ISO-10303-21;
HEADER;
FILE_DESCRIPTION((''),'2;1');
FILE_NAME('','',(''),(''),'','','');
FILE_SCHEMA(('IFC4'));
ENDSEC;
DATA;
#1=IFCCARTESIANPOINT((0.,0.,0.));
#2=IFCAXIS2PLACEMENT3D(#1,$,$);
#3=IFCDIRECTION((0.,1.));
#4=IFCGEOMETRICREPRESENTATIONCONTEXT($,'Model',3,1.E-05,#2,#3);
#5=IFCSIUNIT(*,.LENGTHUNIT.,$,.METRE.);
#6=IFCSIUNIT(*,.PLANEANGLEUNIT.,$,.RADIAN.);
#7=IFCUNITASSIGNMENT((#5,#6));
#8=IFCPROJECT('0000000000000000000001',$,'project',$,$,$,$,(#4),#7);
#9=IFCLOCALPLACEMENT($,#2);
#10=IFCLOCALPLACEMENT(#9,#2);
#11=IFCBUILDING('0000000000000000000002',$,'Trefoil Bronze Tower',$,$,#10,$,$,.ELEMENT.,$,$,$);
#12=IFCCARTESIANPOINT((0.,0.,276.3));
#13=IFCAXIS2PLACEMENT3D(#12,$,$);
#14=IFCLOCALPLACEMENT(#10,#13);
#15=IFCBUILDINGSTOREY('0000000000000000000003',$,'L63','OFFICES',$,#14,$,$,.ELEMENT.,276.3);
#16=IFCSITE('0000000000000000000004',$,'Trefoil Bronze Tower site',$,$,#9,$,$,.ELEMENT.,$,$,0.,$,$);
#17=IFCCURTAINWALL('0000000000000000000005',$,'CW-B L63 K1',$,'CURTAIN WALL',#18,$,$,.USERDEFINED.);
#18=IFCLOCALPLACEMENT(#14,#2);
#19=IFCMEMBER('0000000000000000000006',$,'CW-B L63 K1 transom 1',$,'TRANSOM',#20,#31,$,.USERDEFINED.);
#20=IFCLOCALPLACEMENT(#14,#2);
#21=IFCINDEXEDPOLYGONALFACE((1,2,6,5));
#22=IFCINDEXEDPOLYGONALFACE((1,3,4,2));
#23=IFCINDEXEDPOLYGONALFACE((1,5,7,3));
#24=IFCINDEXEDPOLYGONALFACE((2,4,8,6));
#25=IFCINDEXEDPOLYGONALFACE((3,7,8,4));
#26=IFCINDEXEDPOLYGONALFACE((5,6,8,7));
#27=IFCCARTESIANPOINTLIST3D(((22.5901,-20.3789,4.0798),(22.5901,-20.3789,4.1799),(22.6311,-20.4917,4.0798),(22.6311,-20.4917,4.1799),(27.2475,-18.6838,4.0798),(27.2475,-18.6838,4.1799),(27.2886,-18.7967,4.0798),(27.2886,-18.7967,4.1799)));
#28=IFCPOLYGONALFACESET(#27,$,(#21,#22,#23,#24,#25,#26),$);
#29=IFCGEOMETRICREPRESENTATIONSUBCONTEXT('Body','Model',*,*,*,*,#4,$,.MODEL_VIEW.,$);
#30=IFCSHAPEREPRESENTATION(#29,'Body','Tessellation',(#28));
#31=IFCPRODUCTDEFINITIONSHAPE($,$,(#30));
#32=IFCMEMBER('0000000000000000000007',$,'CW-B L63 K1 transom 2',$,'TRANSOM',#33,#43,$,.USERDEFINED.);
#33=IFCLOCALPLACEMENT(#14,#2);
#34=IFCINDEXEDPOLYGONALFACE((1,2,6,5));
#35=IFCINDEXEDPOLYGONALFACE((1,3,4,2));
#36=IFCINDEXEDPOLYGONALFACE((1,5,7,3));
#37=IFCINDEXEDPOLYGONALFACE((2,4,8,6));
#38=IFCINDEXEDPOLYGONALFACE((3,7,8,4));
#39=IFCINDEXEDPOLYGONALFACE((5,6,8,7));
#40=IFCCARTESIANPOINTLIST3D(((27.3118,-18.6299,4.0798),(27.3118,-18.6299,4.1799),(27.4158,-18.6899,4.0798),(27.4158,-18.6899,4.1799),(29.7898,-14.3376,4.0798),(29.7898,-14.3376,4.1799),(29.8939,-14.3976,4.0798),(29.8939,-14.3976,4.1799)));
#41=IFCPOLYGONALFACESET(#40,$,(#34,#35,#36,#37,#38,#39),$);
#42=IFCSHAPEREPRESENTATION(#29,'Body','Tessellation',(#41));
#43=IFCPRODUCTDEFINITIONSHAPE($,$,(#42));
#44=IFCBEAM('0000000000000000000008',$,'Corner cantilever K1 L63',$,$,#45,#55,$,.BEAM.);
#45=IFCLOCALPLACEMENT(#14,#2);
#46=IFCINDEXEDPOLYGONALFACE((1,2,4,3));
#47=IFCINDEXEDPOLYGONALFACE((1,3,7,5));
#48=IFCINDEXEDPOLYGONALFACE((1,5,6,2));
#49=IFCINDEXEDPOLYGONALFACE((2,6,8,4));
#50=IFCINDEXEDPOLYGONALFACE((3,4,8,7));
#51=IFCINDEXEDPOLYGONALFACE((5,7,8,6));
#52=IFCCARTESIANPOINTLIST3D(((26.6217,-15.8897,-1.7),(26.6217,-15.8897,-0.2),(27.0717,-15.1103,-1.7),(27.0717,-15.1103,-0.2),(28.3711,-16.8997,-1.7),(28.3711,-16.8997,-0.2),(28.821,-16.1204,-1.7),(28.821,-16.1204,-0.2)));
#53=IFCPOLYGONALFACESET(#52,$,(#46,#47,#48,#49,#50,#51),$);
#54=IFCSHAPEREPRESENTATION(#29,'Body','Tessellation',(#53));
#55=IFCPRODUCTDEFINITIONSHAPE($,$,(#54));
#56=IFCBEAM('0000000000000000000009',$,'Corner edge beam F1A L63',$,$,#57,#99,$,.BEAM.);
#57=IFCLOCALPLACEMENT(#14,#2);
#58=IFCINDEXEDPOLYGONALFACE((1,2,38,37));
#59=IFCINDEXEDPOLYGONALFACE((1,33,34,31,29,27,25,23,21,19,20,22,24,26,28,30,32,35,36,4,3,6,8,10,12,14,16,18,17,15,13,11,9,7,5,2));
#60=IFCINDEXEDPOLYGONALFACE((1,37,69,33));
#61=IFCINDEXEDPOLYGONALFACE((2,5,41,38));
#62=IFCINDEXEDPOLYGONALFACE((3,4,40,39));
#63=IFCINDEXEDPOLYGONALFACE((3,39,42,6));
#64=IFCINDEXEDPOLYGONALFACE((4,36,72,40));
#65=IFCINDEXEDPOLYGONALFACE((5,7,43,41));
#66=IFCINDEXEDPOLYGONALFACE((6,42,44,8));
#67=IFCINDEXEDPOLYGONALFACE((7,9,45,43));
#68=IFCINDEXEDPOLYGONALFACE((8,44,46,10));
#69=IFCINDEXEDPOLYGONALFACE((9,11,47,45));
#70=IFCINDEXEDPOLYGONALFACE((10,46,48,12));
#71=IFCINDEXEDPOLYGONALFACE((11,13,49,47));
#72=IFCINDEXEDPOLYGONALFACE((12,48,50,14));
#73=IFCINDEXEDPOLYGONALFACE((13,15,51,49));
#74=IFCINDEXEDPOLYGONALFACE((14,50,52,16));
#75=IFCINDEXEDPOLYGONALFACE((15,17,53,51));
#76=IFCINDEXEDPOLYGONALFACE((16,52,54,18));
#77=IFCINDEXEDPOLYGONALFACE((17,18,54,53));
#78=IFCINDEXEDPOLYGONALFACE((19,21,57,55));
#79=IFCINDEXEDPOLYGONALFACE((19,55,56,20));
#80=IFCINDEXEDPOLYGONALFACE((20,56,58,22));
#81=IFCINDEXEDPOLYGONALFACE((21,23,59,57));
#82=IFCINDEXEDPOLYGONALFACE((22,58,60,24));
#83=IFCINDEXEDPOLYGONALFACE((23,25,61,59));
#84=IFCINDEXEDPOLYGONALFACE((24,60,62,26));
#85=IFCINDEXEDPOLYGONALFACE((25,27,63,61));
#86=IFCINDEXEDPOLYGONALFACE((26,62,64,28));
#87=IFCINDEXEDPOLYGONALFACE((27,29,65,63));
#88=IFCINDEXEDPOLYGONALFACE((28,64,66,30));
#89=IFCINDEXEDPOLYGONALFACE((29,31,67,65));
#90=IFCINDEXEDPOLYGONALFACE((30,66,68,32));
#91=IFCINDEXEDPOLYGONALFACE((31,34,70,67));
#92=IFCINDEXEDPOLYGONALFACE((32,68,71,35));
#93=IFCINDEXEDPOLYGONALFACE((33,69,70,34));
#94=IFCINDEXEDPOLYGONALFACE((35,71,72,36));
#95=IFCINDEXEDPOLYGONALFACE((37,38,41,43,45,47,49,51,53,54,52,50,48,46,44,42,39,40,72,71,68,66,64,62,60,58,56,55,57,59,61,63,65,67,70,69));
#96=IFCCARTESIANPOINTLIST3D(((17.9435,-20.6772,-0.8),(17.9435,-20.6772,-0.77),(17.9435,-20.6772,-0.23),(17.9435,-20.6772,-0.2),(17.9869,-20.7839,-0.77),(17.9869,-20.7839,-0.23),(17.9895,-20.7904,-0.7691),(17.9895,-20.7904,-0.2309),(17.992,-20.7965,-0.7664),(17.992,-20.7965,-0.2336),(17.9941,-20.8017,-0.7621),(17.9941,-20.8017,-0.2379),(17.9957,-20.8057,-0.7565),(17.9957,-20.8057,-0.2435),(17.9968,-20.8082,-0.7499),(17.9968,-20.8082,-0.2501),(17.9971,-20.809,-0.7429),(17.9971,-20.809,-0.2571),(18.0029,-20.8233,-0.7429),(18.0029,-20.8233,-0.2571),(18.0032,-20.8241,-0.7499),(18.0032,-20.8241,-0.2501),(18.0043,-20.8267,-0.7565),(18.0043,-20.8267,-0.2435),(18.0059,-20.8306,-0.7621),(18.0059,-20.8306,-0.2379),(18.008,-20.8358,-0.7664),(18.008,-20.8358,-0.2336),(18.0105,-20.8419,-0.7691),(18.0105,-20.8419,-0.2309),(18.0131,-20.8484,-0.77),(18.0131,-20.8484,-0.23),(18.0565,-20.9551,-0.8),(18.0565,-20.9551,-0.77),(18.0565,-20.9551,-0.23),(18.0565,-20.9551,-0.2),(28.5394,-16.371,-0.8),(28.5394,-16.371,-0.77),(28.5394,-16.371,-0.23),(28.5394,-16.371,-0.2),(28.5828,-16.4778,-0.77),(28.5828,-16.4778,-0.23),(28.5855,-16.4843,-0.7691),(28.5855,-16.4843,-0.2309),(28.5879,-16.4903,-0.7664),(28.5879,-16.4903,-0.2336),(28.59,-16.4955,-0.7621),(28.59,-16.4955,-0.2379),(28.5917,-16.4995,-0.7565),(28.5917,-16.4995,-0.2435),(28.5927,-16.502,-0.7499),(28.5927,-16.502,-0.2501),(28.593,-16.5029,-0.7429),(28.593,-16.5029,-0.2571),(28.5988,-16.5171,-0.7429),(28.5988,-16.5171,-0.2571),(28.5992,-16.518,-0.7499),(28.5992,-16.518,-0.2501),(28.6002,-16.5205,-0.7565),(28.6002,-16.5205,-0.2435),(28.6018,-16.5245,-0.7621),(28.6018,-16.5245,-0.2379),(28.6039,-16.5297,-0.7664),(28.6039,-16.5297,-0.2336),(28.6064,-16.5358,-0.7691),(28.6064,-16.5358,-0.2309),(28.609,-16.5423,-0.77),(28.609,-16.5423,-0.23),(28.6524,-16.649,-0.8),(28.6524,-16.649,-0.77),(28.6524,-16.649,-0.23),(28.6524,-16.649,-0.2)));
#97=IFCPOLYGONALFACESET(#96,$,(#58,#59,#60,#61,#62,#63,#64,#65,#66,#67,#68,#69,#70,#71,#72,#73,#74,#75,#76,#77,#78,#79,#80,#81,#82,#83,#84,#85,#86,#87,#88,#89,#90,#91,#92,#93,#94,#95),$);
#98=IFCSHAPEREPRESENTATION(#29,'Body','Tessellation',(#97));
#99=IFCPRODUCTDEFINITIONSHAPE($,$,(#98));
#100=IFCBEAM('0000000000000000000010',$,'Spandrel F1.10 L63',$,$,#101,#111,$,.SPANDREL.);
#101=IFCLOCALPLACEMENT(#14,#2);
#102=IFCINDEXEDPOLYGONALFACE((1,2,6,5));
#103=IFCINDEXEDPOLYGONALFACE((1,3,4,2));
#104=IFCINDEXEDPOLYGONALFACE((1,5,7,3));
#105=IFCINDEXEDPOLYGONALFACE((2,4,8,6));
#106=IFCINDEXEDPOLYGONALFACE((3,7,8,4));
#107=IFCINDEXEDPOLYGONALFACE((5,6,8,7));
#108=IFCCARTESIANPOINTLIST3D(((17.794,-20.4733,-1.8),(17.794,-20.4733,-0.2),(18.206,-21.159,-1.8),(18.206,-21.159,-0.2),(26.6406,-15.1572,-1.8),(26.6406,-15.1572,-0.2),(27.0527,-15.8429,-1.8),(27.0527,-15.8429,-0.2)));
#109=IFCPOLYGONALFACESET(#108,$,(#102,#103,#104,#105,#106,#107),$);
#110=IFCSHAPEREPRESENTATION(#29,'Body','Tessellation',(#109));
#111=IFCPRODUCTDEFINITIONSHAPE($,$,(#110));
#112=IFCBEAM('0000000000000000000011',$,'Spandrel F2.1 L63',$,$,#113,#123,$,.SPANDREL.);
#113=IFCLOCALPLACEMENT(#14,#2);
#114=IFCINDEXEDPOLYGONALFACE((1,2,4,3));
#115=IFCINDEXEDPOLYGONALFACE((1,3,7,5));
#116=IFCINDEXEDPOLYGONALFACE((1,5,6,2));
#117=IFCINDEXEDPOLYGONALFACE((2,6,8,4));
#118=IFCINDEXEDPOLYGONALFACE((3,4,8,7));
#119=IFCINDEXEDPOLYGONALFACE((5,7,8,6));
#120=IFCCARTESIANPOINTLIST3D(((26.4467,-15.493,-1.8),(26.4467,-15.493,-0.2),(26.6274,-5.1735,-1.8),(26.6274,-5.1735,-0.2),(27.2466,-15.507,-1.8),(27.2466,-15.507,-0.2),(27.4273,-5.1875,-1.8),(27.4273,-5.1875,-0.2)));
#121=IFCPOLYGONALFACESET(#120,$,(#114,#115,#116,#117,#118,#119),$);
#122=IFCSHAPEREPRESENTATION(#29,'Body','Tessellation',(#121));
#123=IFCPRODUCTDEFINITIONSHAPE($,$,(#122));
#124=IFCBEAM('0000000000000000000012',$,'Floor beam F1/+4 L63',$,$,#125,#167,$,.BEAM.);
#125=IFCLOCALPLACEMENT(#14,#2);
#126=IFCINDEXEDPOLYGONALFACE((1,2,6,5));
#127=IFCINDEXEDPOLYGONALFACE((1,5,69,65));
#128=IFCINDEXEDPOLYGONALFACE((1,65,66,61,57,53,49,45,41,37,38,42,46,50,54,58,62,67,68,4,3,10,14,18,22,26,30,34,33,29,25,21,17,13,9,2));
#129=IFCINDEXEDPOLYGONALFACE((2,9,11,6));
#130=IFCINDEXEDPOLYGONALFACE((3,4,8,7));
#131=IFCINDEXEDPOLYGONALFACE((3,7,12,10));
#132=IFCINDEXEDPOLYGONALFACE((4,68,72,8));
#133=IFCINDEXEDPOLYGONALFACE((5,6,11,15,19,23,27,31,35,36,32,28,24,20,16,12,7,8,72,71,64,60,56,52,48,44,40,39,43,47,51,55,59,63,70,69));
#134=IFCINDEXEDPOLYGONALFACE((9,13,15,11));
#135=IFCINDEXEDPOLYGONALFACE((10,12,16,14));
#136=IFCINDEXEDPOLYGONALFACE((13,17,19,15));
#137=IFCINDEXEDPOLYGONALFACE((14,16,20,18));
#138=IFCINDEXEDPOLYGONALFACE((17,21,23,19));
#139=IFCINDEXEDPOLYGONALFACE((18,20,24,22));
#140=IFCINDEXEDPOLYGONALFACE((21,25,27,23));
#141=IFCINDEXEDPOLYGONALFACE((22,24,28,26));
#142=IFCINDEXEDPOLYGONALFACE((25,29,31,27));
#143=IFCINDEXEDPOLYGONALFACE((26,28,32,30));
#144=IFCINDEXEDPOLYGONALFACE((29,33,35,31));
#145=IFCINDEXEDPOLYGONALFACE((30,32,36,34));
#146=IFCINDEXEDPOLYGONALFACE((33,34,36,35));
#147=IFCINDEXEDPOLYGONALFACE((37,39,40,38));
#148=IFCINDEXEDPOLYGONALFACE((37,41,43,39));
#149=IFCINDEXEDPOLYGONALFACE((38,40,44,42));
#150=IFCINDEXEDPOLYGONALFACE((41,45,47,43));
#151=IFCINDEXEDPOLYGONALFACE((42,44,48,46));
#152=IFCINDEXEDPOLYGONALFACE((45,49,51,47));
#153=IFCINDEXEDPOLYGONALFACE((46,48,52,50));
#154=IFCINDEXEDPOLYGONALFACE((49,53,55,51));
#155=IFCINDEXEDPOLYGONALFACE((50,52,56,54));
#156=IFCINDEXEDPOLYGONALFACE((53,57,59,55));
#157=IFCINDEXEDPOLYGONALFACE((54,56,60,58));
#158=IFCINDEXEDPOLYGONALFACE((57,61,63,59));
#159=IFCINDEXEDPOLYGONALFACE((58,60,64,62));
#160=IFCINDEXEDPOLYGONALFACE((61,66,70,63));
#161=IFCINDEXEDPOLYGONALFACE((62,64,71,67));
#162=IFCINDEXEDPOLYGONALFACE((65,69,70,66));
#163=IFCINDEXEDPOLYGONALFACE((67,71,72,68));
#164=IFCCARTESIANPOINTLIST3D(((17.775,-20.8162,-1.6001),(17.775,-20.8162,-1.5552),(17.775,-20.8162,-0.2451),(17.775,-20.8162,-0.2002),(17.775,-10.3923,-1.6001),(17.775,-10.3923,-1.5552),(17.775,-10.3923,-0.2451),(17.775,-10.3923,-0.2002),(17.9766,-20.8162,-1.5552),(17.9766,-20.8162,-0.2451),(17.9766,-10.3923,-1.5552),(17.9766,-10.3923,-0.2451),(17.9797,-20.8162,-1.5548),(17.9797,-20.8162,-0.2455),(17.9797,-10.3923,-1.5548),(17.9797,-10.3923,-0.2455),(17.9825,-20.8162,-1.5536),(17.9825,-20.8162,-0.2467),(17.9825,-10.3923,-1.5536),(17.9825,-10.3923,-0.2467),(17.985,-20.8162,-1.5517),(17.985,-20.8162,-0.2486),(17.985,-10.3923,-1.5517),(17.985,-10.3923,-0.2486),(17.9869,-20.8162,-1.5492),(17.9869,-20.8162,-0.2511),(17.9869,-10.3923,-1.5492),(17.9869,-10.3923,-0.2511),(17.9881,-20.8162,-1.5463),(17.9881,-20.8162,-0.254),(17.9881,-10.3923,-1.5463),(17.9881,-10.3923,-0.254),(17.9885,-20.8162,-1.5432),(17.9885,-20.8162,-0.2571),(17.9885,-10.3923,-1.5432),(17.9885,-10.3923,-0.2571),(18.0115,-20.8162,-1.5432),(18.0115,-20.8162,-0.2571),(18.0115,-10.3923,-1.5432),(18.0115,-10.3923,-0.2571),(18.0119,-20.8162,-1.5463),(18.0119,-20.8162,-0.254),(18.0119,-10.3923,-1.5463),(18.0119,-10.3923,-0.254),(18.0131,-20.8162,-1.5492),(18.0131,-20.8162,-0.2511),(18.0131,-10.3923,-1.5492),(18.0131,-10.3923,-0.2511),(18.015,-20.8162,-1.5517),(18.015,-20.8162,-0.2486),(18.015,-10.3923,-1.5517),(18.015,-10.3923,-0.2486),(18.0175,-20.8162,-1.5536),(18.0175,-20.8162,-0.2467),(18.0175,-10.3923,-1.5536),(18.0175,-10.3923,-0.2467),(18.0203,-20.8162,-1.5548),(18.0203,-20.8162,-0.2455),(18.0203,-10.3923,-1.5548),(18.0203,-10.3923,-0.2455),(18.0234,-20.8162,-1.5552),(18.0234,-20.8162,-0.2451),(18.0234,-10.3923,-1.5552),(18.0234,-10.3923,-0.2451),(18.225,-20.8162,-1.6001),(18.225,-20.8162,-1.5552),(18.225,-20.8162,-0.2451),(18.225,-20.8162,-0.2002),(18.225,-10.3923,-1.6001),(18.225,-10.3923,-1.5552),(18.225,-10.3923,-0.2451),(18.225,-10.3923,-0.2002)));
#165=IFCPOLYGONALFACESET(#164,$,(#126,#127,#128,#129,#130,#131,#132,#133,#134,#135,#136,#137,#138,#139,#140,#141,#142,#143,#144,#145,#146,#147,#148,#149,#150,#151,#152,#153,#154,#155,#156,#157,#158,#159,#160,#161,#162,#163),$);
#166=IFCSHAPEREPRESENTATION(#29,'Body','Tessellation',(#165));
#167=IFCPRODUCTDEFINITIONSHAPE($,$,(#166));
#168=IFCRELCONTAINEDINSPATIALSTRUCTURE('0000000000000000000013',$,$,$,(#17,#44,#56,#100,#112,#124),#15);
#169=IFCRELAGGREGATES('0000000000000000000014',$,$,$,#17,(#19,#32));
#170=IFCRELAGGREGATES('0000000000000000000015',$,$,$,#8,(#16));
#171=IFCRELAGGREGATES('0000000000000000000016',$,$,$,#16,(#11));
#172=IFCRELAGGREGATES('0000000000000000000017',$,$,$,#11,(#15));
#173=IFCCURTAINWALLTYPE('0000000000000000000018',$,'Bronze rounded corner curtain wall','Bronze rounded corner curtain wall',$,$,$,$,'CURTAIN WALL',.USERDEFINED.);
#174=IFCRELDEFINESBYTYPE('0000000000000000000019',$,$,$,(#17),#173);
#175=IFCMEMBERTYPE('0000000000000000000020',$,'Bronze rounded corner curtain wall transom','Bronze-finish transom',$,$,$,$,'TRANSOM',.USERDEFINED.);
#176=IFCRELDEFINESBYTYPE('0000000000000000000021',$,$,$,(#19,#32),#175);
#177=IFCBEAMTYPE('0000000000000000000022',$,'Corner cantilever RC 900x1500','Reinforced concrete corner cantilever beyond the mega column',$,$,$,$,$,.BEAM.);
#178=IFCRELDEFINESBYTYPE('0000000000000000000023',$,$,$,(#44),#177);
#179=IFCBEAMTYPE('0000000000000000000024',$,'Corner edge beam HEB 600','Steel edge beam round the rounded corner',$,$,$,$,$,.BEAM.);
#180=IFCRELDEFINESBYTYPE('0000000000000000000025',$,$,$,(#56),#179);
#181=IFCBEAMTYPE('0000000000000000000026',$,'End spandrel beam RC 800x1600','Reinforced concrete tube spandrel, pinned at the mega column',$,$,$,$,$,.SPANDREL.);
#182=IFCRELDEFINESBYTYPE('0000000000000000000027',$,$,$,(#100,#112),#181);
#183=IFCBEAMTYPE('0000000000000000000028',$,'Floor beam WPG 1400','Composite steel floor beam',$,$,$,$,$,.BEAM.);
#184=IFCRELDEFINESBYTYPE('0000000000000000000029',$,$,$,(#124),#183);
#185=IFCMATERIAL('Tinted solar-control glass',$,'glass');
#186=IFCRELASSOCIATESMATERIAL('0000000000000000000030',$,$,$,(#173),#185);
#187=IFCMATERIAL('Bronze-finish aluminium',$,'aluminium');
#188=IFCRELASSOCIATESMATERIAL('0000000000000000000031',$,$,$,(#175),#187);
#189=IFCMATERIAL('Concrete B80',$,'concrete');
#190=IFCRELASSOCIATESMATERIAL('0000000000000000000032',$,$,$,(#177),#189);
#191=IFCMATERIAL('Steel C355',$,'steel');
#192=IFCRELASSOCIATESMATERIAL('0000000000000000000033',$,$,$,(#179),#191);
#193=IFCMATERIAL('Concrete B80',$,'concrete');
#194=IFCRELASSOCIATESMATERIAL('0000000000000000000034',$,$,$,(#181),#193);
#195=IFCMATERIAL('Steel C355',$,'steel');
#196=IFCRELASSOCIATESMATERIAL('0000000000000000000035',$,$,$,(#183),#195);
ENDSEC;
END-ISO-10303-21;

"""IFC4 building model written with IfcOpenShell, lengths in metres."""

from ifc_helpers import new_model, si_unit, direction, frame, origin, origin_2d, place, context, subcontext, project, spatial, rectangle, i_section, extrude, material, material_profile, profile_set, type_object, element, aggregate, save


model = new_model("IFC4")

# Units and contexts
model_context = context("Model", 3, precision=1e-05, world=origin(), true_north=direction((0.0, 1.0)))
body_context = subcontext(model_context, "Body", "Model", "MODEL_VIEW")
ifc_project = project(units=[si_unit("LENGTHUNIT", "METRE"), si_unit("PLANEANGLEUNIT", "RADIAN")], contexts=[model_context])

# Site, building, storey
site_placement = place(None, origin())
site = spatial("IfcSite", under=ifc_project, at=site_placement, Name="Trefoil Bronze Tower site", CompositionType="ELEMENT", RefElevation=0.0)
building_placement = place(site_placement, origin())
building = spatial("IfcBuilding", under=site, at=building_placement, Name="Trefoil Bronze Tower", CompositionType="ELEMENT")
storey_placement = place(building_placement, frame((0.0, 0.0, 276.3)))
storey = spatial("IfcBuildingStorey", under=building, at=storey_placement, Name="L63", Description="OFFICES", CompositionType="ELEMENT", Elevation=276.3)

# Curtain wall, members
ifc_material_1 = material(Name="Tinted solar-control glass", Category="glass")
curtain_wall_type_1 = type_object("IfcCurtainWallType", Name="Bronze rounded corner curtain wall", Description="Bronze rounded corner curtain wall", ElementType="CURTAIN WALL", PredefinedType="USERDEFINED", material=ifc_material_1)
curtain_wall_1_placement = place(storey_placement, origin())
curtain_wall_1 = element("IfcCurtainWall", 1, at=curtain_wall_1_placement, inside=storey, type_object=curtain_wall_type_1, Name="CW-B L63 K1", ObjectType="CURTAIN WALL", PredefinedType="USERDEFINED")
ifc_material_2 = material(Name="Bronze-finish aluminium", Category="aluminium")
ifc_material_profile_1 = material_profile(ifc_material_2, rectangle(XDim=0.1201, YDim=0.1001, at=origin_2d()), Name="CW-B transom")
ifc_profile_set_1 = profile_set([ifc_material_profile_1], Name="Bronze-finish aluminium")
member_type_1 = type_object("IfcMemberType", Name="Bronze rounded corner curtain wall transom", Description="Bronze-finish transom", ElementType="TRANSOM", PredefinedType="USERDEFINED", material=ifc_profile_set_1)
member_1_placement = place(storey_placement, frame((22.6106, -20.4353, 4.1299), z_axis=(0.9397, 0.342, 0.0), x_axis=(-0.342, 0.9397, 0.0)))
member_1 = element("IfcMember", 2, at=member_1_placement, type_object=member_type_1, Name="CW-B L63 K1 transom 1", ObjectType="TRANSOM", PredefinedType="USERDEFINED", context=body_context, shape_type="SweptSolid", body=[
    extrude(rectangle(XDim=0.1201, YDim=0.1001, at=origin_2d()), origin(), (0.0, 0.0, 1.0), 4.9563),
])
member_2_placement = place(storey_placement, frame((27.3638, -18.6599, 4.1299), z_axis=(0.499985, 0.866034, 0.0), x_axis=(-0.866034, 0.499985, 0.0)))
member_2 = element("IfcMember", 3, at=member_2_placement, type_object=member_type_1, Name="CW-B L63 K1 transom 2", ObjectType="TRANSOM", PredefinedType="USERDEFINED", context=body_context, shape_type="SweptSolid", body=[
    extrude(rectangle(XDim=0.1201, YDim=0.1001, at=origin_2d()), origin(), (0.0, 0.0, 1.0), 4.9563),
])

# Beams
ifc_material_3 = material(Name="Concrete B80", Category="concrete")
ifc_material_profile_2 = material_profile(ifc_material_3, rectangle(XDim=0.8999, YDim=1.5, at=origin_2d()), Name="RC 900x1500")
ifc_profile_set_2 = profile_set([ifc_material_profile_2], Name="Concrete B80")
beam_type_1 = type_object("IfcBeamType", Name="Corner cantilever RC 900x1500", Description="Reinforced concrete corner cantilever beyond the mega column", PredefinedType="BEAM", material=ifc_profile_set_2)
beam_1_placement = place(storey_placement, frame((26.8467, -15.5, -0.95), z_axis=(0.86601, -0.500026, 0.0), x_axis=(0.500026, 0.86601, 0.0)))
element("IfcBeam", 4, at=beam_1_placement, inside=storey, type_object=beam_type_1, Name="Corner cantilever K1 L63", PredefinedType="BEAM", context=body_context, shape_type="SweptSolid", body=[
    extrude(rectangle(XDim=0.8999, YDim=1.5, at=origin_2d()), origin(), (0.0, 0.0, 1.0), 2.02),
])
ifc_material_4 = material(Name="Steel C355", Category="steel")
ifc_material_profile_3 = material_profile(ifc_material_4, i_section(OverallWidth=0.3, OverallDepth=0.6001, WebThickness=0.0154, FlangeThickness=0.03, FilletRadius=0.0271, at=origin_2d()), Name="HEB 600")
ifc_profile_set_3 = profile_set([ifc_material_profile_3], Name="Steel C355")
beam_type_2 = type_object("IfcBeamType", Name="Corner edge beam HEB 600", Description="Steel edge beam round the rounded corner", PredefinedType="BEAM", material=ifc_profile_set_3)
beam_2_placement = place(storey_placement, frame((18.0, -20.8162, -0.5), z_axis=(0.926419, 0.376493, 0.0), x_axis=(-0.376493, 0.926419, 0.0)))
element("IfcBeam", 5, at=beam_2_placement, inside=storey, type_object=beam_type_2, Name="Corner edge beam F1A L63", PredefinedType="BEAM", context=body_context, shape_type="SweptSolid", body=[
    extrude(i_section(OverallWidth=0.3, OverallDepth=0.6001, WebThickness=0.0154, FlangeThickness=0.03, FilletRadius=0.0271, at=origin_2d()), origin(), (0.0, 0.0, 1.0), 11.4375),
])
ifc_material_5 = material(Name="Concrete B80", Category="concrete")
ifc_material_profile_4 = material_profile(ifc_material_5, rectangle(XDim=0.8, YDim=1.6001, at=origin_2d()), Name="RC 800x1600")
ifc_profile_set_4 = profile_set([ifc_material_profile_4], Name="Concrete B80")
beam_type_3 = type_object("IfcBeamType", Name="End spandrel beam RC 800x1600", Description="Reinforced concrete tube spandrel, pinned at the mega column", PredefinedType="SPANDREL", material=ifc_profile_set_4)
for number, where, z_axis, x_axis, name in (
    (6, (18.0, -20.8162, -1.0), (0.857144, 0.515077, 0.0), (-0.515077, 0.857144, 0.0), "Spandrel F1.10 L63"),
    (7, (26.8467, -15.5, -1.0), (0.017504, 0.999847, 0.0), (-0.999847, 0.017504, 0.0), "Spandrel F2.1 L63"),
):
    element("IfcBeam", number, at=place(storey_placement, frame(where, z_axis=z_axis, x_axis=x_axis)), inside=storey, type_object=beam_type_3, Name=name, PredefinedType="SPANDREL", context=body_context, shape_type="SweptSolid", body=[
        extrude(rectangle(XDim=0.8, YDim=1.6001, at=origin_2d()), origin(), (0.0, 0.0, 1.0), 10.321),
    ])
ifc_material_6 = material(Name="Steel C355", Category="steel")
ifc_material_profile_5 = material_profile(ifc_material_6, i_section(OverallWidth=0.45, OverallDepth=1.3999, WebThickness=0.0229, FlangeThickness=0.0449, FilletRadius=0.012, at=origin_2d()), Name="WPG 1400")
ifc_profile_set_5 = profile_set([ifc_material_profile_5], Name="Steel C355")
beam_type_4 = type_object("IfcBeamType", Name="Floor beam WPG 1400", Description="Composite steel floor beam", PredefinedType="BEAM", material=ifc_profile_set_5)
beam_3_placement = place(storey_placement, frame((18.0, -20.8162, -0.9001), z_axis=(0.0, 1.0, 0.0), x_axis=(-1.0, 0.0, 0.0)))
element("IfcBeam", 8, at=beam_3_placement, inside=storey, type_object=beam_type_4, Name="Floor beam F1/+4 L63", PredefinedType="BEAM", context=body_context, shape_type="SweptSolid", body=[
    extrude(i_section(OverallWidth=0.45, OverallDepth=1.3999, WebThickness=0.0229, FlangeThickness=0.0449, FilletRadius=0.012, at=origin_2d()), origin(), (0.0, 0.0, 1.0), 10.4238),
])

aggregate(curtain_wall_1, [member_1, member_2])

save(model, "model.ifc")
